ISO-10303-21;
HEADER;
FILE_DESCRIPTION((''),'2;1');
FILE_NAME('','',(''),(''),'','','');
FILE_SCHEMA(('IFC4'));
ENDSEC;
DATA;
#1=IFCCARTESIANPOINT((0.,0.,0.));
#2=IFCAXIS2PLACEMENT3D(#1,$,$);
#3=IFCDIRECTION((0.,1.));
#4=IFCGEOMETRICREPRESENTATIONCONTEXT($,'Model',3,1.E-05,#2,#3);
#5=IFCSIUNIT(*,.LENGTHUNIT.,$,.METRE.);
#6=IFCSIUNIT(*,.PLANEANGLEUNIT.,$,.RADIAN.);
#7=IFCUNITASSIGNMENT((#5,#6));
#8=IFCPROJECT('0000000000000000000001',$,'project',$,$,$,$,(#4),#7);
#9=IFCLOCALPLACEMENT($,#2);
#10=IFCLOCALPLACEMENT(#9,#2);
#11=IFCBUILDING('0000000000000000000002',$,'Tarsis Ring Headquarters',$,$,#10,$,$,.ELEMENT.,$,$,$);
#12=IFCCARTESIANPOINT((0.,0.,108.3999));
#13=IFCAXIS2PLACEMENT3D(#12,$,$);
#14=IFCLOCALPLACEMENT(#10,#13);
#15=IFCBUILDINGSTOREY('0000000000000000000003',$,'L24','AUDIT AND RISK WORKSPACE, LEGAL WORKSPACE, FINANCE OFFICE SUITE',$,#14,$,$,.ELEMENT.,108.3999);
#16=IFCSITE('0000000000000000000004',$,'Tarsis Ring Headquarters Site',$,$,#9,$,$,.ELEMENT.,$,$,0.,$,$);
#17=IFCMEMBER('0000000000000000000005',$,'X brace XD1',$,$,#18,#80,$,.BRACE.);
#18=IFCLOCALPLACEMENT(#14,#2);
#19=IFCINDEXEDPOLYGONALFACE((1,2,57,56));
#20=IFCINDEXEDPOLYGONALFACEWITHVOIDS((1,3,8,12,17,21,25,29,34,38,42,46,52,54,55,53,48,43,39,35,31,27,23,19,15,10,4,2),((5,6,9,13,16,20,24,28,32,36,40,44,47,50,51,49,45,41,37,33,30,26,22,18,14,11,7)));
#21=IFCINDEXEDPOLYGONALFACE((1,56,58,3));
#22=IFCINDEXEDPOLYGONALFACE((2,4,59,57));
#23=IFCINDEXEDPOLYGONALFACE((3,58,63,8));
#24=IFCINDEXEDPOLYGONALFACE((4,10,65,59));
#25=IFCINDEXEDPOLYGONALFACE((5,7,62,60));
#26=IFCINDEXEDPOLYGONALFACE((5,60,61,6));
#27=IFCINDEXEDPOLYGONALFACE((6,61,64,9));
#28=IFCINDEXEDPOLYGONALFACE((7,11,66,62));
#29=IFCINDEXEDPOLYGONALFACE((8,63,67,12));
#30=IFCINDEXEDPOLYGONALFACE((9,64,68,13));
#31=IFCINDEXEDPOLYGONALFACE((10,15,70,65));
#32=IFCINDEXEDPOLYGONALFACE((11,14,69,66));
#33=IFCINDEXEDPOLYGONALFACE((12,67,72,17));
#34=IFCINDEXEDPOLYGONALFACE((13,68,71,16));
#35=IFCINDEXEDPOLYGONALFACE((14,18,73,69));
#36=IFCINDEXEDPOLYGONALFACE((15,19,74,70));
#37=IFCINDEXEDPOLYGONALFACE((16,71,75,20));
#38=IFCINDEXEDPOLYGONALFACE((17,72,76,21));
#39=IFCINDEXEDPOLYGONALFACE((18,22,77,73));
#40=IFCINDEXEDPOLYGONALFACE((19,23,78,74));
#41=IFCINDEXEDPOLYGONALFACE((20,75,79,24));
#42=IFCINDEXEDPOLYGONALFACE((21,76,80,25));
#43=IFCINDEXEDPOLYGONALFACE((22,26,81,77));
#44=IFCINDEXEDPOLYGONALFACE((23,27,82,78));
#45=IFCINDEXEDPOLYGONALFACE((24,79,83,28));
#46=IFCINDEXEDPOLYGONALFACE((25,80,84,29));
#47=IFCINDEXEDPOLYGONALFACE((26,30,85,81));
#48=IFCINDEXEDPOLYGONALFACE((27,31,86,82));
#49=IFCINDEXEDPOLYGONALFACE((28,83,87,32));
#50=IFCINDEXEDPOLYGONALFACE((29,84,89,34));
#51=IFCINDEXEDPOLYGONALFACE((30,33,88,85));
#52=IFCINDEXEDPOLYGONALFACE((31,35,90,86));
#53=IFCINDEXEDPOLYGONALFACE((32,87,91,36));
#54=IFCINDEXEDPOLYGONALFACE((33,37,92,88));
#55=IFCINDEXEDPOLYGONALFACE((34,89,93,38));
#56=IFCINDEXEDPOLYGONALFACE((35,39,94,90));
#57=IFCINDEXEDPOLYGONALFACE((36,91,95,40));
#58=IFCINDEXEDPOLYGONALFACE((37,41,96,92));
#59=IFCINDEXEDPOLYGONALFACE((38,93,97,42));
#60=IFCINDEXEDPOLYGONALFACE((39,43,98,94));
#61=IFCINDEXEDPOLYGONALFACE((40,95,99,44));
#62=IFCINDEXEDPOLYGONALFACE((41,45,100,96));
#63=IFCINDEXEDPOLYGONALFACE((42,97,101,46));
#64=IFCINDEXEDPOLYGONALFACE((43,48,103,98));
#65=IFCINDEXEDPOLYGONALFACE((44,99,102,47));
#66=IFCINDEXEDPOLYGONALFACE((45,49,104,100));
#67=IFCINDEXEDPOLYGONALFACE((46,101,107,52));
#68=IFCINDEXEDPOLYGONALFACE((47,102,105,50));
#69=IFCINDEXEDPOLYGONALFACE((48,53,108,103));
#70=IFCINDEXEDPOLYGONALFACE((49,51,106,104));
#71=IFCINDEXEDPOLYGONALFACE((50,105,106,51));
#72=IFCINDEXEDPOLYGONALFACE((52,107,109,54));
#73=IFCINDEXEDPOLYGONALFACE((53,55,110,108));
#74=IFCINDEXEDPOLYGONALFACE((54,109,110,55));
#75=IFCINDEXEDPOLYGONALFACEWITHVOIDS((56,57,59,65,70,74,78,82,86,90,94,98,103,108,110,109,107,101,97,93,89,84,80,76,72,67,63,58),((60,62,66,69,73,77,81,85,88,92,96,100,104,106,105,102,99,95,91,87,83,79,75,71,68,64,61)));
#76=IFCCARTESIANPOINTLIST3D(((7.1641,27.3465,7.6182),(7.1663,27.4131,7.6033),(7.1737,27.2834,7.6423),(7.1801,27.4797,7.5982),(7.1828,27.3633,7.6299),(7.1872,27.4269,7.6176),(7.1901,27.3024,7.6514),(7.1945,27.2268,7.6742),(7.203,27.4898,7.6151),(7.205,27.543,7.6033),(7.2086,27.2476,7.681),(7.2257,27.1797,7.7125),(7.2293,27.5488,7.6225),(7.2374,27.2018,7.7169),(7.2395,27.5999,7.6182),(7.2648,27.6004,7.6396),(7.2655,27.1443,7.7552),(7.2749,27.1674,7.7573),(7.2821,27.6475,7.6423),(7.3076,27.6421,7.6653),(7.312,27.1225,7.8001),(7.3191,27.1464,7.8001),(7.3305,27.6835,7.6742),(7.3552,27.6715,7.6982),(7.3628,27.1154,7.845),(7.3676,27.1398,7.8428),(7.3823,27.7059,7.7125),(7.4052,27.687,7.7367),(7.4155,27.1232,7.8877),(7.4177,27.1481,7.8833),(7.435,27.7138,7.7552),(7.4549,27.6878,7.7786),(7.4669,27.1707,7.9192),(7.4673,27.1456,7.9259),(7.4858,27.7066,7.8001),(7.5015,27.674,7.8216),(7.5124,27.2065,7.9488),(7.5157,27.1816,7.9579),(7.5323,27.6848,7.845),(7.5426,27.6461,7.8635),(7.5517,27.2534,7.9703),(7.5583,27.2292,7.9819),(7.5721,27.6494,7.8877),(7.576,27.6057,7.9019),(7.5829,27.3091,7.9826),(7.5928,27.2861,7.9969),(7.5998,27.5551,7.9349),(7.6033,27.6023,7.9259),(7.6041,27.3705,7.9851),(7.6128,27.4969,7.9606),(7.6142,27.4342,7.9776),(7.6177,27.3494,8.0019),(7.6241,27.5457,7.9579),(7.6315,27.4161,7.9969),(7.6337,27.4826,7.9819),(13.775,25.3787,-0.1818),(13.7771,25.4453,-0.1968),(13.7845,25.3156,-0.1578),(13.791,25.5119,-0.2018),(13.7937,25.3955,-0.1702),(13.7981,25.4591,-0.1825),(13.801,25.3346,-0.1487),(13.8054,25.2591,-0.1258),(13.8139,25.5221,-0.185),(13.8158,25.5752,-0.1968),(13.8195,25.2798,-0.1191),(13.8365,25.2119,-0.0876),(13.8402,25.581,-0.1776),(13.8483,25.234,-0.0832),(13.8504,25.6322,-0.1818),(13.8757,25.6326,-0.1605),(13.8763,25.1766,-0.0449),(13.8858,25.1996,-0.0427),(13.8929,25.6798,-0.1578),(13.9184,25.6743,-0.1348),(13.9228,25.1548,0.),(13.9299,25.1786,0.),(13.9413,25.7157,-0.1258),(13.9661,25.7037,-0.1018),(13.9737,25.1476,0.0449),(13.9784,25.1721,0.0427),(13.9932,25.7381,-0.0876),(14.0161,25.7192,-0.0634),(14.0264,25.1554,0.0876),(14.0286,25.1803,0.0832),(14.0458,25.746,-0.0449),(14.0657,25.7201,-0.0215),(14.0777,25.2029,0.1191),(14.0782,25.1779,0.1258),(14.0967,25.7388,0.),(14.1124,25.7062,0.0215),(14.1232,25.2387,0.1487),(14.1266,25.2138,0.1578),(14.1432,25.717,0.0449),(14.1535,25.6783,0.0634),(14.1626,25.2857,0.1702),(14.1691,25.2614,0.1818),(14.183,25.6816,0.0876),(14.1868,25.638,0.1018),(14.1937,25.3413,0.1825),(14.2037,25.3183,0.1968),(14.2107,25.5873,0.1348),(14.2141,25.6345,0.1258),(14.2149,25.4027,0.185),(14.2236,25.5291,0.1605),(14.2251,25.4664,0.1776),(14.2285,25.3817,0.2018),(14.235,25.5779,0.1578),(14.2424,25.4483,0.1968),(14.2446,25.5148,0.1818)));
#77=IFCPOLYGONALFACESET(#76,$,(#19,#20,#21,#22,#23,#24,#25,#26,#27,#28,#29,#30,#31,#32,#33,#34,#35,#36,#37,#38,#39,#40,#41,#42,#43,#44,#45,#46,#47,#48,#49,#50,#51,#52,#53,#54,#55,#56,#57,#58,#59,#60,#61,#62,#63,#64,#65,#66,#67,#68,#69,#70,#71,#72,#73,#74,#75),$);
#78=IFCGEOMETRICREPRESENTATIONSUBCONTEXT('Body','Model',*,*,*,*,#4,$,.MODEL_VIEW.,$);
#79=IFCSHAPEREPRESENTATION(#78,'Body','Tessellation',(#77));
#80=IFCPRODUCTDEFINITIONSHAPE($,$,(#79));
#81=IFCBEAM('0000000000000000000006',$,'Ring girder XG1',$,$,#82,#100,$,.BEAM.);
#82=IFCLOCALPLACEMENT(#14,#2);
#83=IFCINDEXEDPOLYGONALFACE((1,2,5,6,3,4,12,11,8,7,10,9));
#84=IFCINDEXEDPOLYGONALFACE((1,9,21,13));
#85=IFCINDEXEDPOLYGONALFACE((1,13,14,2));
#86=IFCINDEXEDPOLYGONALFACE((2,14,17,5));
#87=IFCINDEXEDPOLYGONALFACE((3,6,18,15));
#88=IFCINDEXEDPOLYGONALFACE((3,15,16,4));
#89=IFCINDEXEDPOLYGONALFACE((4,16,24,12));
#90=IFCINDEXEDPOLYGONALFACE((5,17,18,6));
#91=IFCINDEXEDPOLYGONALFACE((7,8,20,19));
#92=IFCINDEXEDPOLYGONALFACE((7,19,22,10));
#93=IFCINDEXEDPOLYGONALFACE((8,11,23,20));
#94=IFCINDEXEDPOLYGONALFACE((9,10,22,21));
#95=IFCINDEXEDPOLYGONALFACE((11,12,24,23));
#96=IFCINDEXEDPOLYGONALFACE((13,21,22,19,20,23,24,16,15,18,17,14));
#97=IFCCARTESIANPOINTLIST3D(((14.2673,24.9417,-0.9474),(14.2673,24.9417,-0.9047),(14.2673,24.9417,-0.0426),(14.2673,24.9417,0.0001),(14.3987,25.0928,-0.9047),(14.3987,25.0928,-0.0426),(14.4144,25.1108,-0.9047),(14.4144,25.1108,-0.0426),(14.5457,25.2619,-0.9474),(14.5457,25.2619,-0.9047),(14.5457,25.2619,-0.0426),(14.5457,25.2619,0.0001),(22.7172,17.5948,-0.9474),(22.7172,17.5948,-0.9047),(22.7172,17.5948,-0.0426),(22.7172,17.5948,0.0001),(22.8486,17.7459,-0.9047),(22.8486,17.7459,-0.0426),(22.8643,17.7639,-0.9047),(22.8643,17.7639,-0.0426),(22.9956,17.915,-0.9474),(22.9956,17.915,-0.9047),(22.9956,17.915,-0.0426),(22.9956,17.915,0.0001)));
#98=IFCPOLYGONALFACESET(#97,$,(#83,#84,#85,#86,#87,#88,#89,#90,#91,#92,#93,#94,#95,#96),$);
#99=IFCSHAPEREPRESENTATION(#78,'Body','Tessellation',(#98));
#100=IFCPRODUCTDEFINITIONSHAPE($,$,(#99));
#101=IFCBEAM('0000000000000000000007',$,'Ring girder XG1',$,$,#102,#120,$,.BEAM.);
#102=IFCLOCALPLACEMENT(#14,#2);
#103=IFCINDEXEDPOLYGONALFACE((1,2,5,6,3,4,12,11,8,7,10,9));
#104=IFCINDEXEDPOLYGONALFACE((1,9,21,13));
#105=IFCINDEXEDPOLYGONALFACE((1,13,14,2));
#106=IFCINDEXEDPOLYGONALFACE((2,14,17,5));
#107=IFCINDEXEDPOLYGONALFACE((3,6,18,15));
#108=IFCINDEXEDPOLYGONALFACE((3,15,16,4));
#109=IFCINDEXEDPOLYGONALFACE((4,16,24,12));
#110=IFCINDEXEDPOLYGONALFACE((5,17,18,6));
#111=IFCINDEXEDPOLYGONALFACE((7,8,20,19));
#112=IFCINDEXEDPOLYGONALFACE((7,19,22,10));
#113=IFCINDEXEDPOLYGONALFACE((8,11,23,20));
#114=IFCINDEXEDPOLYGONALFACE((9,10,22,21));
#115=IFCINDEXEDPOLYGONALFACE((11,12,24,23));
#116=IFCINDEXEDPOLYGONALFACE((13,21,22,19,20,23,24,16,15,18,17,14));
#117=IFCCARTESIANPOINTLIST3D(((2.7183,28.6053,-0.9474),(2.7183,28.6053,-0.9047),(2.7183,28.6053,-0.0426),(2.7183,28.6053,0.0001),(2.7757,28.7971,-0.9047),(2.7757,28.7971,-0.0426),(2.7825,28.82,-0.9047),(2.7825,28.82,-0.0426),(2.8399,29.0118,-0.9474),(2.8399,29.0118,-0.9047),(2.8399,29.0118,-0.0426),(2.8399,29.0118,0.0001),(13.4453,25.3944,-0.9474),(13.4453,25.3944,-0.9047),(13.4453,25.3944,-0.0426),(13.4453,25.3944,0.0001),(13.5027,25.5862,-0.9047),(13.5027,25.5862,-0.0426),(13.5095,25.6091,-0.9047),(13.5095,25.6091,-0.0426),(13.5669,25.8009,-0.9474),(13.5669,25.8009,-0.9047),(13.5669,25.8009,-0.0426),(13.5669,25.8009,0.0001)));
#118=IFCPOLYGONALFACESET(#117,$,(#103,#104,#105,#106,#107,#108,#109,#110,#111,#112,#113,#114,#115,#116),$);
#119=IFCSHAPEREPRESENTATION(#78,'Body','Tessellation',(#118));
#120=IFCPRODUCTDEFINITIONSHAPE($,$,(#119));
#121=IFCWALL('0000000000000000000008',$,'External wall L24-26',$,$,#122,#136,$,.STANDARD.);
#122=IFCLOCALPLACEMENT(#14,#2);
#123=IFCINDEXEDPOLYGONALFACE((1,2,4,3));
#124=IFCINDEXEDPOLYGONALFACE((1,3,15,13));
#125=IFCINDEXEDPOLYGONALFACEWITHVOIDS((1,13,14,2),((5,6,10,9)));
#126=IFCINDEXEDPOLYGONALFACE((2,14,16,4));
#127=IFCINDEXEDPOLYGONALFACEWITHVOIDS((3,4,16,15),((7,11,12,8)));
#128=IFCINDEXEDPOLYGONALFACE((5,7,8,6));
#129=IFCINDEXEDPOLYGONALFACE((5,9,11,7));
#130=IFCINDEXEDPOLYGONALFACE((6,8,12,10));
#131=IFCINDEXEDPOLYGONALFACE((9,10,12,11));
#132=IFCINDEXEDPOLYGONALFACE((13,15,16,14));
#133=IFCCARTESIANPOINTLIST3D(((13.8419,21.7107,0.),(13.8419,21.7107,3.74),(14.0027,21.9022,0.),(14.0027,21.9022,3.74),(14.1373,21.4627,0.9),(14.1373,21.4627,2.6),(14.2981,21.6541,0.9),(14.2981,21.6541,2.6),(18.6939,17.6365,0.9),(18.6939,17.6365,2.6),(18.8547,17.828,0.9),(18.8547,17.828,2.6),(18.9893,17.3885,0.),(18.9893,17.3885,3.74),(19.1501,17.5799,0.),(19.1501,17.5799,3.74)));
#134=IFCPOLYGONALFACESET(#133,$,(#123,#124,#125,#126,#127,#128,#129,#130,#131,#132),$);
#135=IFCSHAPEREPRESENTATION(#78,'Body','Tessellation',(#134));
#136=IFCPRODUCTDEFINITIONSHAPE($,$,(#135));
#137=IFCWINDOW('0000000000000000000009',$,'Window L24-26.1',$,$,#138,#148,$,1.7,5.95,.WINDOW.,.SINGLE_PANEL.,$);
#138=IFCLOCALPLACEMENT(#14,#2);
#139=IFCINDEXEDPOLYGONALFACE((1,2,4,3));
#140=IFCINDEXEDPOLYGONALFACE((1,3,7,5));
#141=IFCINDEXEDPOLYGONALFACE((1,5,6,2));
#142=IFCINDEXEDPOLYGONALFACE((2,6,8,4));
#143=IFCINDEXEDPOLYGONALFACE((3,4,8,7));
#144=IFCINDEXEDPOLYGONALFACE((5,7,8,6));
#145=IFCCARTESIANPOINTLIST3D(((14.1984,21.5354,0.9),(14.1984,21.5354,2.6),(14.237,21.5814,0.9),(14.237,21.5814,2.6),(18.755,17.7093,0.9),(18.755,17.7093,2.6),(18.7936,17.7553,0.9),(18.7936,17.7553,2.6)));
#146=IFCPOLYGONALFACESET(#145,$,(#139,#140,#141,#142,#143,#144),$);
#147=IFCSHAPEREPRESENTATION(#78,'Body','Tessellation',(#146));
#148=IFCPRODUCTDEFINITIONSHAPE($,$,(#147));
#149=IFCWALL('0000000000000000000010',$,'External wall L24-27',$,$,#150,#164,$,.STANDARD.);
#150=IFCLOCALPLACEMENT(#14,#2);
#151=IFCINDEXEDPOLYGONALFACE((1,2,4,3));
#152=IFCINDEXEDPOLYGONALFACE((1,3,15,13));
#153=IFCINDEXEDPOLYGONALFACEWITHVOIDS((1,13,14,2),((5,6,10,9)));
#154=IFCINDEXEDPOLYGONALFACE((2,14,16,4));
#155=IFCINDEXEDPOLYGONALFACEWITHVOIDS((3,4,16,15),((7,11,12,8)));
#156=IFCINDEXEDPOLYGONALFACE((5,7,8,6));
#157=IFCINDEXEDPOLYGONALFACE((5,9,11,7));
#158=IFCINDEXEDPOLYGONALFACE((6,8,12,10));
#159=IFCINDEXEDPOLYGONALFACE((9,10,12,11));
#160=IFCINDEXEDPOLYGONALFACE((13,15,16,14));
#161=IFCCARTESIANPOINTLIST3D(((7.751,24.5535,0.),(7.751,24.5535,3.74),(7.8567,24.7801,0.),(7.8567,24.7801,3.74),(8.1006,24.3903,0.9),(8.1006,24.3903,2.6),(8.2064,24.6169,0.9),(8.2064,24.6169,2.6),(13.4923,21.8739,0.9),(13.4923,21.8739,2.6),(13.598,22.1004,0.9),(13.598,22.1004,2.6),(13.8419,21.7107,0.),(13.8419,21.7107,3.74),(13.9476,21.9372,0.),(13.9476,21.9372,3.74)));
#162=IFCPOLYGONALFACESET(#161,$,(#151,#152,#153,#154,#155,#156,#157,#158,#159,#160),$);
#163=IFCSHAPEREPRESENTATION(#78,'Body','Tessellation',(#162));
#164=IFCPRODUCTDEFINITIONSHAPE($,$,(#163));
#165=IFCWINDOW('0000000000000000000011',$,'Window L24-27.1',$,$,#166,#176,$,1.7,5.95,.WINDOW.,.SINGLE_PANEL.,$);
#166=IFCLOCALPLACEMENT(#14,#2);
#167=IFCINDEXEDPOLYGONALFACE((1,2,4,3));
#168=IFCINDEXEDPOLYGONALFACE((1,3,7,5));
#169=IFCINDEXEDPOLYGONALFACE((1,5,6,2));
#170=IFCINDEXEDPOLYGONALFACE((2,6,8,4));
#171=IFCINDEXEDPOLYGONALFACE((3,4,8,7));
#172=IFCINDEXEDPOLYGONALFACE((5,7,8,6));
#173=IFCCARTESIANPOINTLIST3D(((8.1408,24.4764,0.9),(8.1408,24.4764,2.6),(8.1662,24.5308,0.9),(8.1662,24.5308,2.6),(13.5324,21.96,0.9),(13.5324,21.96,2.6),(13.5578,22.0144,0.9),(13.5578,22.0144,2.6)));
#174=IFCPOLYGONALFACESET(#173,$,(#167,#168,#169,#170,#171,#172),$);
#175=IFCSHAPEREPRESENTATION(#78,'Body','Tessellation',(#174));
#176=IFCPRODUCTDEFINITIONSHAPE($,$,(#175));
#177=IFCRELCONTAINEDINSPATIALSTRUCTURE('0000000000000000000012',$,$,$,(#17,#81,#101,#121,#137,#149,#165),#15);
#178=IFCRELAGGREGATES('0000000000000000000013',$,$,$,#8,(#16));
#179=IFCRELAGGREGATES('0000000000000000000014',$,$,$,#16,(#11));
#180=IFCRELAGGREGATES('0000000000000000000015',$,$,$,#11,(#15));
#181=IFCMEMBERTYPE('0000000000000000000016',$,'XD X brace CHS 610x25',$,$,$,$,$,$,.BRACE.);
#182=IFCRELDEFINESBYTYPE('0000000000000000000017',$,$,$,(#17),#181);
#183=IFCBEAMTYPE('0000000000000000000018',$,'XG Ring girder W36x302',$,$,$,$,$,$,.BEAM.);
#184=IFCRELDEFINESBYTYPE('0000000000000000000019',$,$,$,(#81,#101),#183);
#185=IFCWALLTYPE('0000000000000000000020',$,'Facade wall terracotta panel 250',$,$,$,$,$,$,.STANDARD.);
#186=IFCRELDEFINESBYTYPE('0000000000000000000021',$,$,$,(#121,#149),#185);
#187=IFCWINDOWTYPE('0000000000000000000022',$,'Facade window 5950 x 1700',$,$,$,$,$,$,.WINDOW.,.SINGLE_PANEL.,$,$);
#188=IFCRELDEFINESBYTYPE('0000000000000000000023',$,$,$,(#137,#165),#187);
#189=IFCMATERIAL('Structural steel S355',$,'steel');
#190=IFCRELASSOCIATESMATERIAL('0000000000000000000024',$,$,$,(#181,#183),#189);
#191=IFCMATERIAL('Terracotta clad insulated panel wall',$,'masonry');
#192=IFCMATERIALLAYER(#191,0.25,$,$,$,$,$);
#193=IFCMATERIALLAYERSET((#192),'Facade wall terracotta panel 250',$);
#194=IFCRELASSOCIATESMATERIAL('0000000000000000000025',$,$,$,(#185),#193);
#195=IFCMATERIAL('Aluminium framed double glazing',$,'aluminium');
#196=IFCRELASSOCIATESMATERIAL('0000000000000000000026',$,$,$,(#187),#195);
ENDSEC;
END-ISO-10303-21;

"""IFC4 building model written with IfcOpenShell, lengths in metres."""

from ifc_helpers import new_model, si_unit, direction, frame, frame_2d, origin, origin_2d, place, context, subcontext, project, spatial, rectangle, hollow_circle, i_section, extrude, material, layer, layer_set, material_profile, profile_set, type_object, element, fill, save


model = new_model("IFC4")

# Units and contexts
model_context = context("Model", 3, precision=1e-05, world=origin(), true_north=direction((0.0, 1.0)))
body_context = subcontext(model_context, "Body", "Model", "MODEL_VIEW")
ifc_project = project(units=[si_unit("LENGTHUNIT", "METRE"), si_unit("PLANEANGLEUNIT", "RADIAN")], contexts=[model_context])

# Site, building, storey
site_placement = place(None, origin())
site = spatial("IfcSite", under=ifc_project, at=site_placement, Name="Tarsis Ring Headquarters Site", CompositionType="ELEMENT", RefElevation=0.0)
building_placement = place(site_placement, origin())
building = spatial("IfcBuilding", under=site, at=building_placement, Name="Tarsis Ring Headquarters", CompositionType="ELEMENT")
storey_placement = place(building_placement, frame((0.0, 0.0, 108.3999)))
storey = spatial("IfcBuildingStorey", under=building, at=storey_placement, Name="L24", Description="AUDIT AND RISK WORKSPACE, LEGAL WORKSPACE, FINANCE OFFICE SUITE", CompositionType="ELEMENT", Elevation=108.3999)

# Shared definitions
ifc_material_1 = material(Name="Structural steel S355", Category="steel")

# Member
ifc_material_profile_1 = material_profile(ifc_material_1, hollow_circle(Radius=0.3047, WallThickness=0.0249, at=origin_2d()), Name="CHS 610x25")
ifc_profile_set_1 = profile_set([ifc_material_profile_1], Name="Structural steel S355")
member_type = type_object("IfcMemberType", Name="XD X brace CHS 610x25", PredefinedType="BRACE", material=ifc_profile_set_1)
member_placement = place(storey_placement, frame((14.0098, 25.4468, 0.0), z_axis=(-0.634906, 0.188985, 0.749118), x_axis=(-0.285288, -0.958442, 0.0)))
element("IfcMember", 1, at=member_placement, inside=storey, type_object=member_type, Name="X brace XD1", PredefinedType="BRACE", context=body_context, shape_type="SweptSolid", body=[
    extrude(hollow_circle(Radius=0.3047, WallThickness=0.0249, at=origin_2d()), origin(), (0.0, 0.0, 1.0), 10.4124),
])

# Beams
ifc_material_profile_2 = material_profile(ifc_material_1, i_section(OverallWidth=0.4243, OverallDepth=0.9475, WebThickness=0.0239, FlangeThickness=0.0427, at=origin_2d()), Name="W36x302")
ifc_profile_set_2 = profile_set([ifc_material_profile_2], Name="Structural steel S355")
beam_type_1 = type_object("IfcBeamType", Name="XG Ring girder W36x302", PredefinedType="BEAM", material=ifc_profile_set_2)
for number, where, z_axis, x_axis, name in (
    (2, (22.8564, 17.7549, -0.4736), (-0.754644, 0.656135, 0.0), (-0.656135, -0.754644, 0.0), "Ring girder XG1"),
    (3, (13.5061, 25.5977, -0.4736), (-0.958003, 0.28676, 0.0), (-0.28676, -0.958003, 0.0), "Ring girder XG1"),
):
    element("IfcBeam", number, at=place(storey_placement, frame(where, z_axis=z_axis, x_axis=x_axis)), inside=storey, type_object=beam_type_1, Name=name, PredefinedType="BEAM", context=body_context, shape_type="SweptSolid", body=[
        extrude(i_section(OverallWidth=0.4243, OverallDepth=0.9475, WebThickness=0.0239, FlangeThickness=0.0427, at=origin_2d()), origin(), (0.0, 0.0, 1.0), 11.1973),
    ])

# Walls, openings, windows
ifc_material_2 = material(Name="Terracotta clad insulated panel wall", Category="masonry")
ifc_layer = layer(ifc_material_2, 0.25)
ifc_layer_set = layer_set([ifc_layer], Name="Facade wall terracotta panel 250")
wall_type = type_object("IfcWallType", Name="Facade wall terracotta panel 250", PredefinedType="STANDARD", material=ifc_layer_set)
wall_1_placement = place(storey_placement, frame((19.0698, 17.4841, 0.0), z_axis=(0.0, 0.0, 1.0), x_axis=(-0.765822, 0.643052, 0.0)))
wall_1 = element("IfcWall", 4, at=wall_1_placement, inside=storey, type_object=wall_type, Name="External wall L24-26", PredefinedType="STANDARD", context=body_context, shape_type="SweptSolid", body=[
    extrude(rectangle(XDim=6.7214, YDim=0.25, at=frame_2d((3.3608, 0.0))), origin(), (0.0, 0.0, 1.0), 3.74),
])
opening_1_placement = place(wall_1_placement, frame((0.3857, 0.0, 0.8999)))
opening_1 = element("IfcOpeningElement", 5, at=opening_1_placement, cuts=wall_1, PredefinedType="OPENING", context=body_context, shape_type="SweptSolid", body=[
    extrude(rectangle(XDim=5.95, YDim=1.7, at=frame_2d((2.9751, 0.8501))), frame((0.0, 0.135, 0.0), z_axis=(0.0, -1.0, 0.0), x_axis=(1.0, 0.0, 0.0)), (0.0, 0.0, 1.0), 0.27),
])
ifc_material_3 = material(Name="Aluminium framed double glazing", Category="aluminium")
window_type = type_object("IfcWindowType", Name="Facade window 5950 x 1700", PartitioningType="SINGLE_PANEL", PredefinedType="WINDOW", material=ifc_material_3)
window_1_placement = place(opening_1_placement, origin())
window_1 = element("IfcWindow", 6, at=window_1_placement, inside=storey, type_object=window_type, Name="Window L24-26.1", OverallHeight=1.7, OverallWidth=5.95, PartitioningType="SINGLE_PANEL", PredefinedType="WINDOW", context=body_context, shape_type="SweptSolid", body=[
    extrude(rectangle(XDim=5.95, YDim=1.7, at=frame_2d((2.9751, 0.8501))), frame((0.0, 0.03, 0.0), z_axis=(0.0, -1.0, 0.0), x_axis=(1.0, 0.0, 0.0)), (0.0, 0.0, 1.0), 0.0601),
])
fill(opening_1, window_1)
wall_2_placement = place(storey_placement, frame((13.8948, 21.824, 0.0), z_axis=(0.0, 0.0, 1.0), x_axis=(-0.906161, 0.422933, 0.0)))
wall_2 = element("IfcWall", 7, at=wall_2_placement, inside=storey, type_object=wall_type, Name="External wall L24-27", PredefinedType="STANDARD", context=body_context, shape_type="SweptSolid", body=[
    extrude(rectangle(XDim=6.7217, YDim=0.25, at=frame_2d((3.3608, 0.0))), origin(), (0.0, 0.0, 1.0), 3.74),
])
opening_2_placement = place(wall_2_placement, frame((0.3857, 0.0, 0.8999)))
opening_2 = element("IfcOpeningElement", 8, at=opening_2_placement, cuts=wall_2, PredefinedType="OPENING", context=body_context, shape_type="SweptSolid", body=[
    extrude(rectangle(XDim=5.95, YDim=1.7, at=frame_2d((2.9751, 0.8501))), frame((0.0, 0.135, 0.0), z_axis=(0.0, -1.0, 0.0), x_axis=(1.0, 0.0, 0.0)), (0.0, 0.0, 1.0), 0.27),
])
window_2_placement = place(opening_2_placement, origin())
window_2 = element("IfcWindow", 9, at=window_2_placement, inside=storey, type_object=window_type, Name="Window L24-27.1", OverallHeight=1.7, OverallWidth=5.95, PartitioningType="SINGLE_PANEL", PredefinedType="WINDOW", context=body_context, shape_type="SweptSolid", body=[
    extrude(rectangle(XDim=5.95, YDim=1.7, at=frame_2d((2.9751, 0.8501))), frame((0.0, 0.03, 0.0), z_axis=(0.0, -1.0, 0.0), x_axis=(1.0, 0.0, 0.0)), (0.0, 0.0, 1.0), 0.0601),
])
fill(opening_2, window_2)

save(model, "model.ifc")
